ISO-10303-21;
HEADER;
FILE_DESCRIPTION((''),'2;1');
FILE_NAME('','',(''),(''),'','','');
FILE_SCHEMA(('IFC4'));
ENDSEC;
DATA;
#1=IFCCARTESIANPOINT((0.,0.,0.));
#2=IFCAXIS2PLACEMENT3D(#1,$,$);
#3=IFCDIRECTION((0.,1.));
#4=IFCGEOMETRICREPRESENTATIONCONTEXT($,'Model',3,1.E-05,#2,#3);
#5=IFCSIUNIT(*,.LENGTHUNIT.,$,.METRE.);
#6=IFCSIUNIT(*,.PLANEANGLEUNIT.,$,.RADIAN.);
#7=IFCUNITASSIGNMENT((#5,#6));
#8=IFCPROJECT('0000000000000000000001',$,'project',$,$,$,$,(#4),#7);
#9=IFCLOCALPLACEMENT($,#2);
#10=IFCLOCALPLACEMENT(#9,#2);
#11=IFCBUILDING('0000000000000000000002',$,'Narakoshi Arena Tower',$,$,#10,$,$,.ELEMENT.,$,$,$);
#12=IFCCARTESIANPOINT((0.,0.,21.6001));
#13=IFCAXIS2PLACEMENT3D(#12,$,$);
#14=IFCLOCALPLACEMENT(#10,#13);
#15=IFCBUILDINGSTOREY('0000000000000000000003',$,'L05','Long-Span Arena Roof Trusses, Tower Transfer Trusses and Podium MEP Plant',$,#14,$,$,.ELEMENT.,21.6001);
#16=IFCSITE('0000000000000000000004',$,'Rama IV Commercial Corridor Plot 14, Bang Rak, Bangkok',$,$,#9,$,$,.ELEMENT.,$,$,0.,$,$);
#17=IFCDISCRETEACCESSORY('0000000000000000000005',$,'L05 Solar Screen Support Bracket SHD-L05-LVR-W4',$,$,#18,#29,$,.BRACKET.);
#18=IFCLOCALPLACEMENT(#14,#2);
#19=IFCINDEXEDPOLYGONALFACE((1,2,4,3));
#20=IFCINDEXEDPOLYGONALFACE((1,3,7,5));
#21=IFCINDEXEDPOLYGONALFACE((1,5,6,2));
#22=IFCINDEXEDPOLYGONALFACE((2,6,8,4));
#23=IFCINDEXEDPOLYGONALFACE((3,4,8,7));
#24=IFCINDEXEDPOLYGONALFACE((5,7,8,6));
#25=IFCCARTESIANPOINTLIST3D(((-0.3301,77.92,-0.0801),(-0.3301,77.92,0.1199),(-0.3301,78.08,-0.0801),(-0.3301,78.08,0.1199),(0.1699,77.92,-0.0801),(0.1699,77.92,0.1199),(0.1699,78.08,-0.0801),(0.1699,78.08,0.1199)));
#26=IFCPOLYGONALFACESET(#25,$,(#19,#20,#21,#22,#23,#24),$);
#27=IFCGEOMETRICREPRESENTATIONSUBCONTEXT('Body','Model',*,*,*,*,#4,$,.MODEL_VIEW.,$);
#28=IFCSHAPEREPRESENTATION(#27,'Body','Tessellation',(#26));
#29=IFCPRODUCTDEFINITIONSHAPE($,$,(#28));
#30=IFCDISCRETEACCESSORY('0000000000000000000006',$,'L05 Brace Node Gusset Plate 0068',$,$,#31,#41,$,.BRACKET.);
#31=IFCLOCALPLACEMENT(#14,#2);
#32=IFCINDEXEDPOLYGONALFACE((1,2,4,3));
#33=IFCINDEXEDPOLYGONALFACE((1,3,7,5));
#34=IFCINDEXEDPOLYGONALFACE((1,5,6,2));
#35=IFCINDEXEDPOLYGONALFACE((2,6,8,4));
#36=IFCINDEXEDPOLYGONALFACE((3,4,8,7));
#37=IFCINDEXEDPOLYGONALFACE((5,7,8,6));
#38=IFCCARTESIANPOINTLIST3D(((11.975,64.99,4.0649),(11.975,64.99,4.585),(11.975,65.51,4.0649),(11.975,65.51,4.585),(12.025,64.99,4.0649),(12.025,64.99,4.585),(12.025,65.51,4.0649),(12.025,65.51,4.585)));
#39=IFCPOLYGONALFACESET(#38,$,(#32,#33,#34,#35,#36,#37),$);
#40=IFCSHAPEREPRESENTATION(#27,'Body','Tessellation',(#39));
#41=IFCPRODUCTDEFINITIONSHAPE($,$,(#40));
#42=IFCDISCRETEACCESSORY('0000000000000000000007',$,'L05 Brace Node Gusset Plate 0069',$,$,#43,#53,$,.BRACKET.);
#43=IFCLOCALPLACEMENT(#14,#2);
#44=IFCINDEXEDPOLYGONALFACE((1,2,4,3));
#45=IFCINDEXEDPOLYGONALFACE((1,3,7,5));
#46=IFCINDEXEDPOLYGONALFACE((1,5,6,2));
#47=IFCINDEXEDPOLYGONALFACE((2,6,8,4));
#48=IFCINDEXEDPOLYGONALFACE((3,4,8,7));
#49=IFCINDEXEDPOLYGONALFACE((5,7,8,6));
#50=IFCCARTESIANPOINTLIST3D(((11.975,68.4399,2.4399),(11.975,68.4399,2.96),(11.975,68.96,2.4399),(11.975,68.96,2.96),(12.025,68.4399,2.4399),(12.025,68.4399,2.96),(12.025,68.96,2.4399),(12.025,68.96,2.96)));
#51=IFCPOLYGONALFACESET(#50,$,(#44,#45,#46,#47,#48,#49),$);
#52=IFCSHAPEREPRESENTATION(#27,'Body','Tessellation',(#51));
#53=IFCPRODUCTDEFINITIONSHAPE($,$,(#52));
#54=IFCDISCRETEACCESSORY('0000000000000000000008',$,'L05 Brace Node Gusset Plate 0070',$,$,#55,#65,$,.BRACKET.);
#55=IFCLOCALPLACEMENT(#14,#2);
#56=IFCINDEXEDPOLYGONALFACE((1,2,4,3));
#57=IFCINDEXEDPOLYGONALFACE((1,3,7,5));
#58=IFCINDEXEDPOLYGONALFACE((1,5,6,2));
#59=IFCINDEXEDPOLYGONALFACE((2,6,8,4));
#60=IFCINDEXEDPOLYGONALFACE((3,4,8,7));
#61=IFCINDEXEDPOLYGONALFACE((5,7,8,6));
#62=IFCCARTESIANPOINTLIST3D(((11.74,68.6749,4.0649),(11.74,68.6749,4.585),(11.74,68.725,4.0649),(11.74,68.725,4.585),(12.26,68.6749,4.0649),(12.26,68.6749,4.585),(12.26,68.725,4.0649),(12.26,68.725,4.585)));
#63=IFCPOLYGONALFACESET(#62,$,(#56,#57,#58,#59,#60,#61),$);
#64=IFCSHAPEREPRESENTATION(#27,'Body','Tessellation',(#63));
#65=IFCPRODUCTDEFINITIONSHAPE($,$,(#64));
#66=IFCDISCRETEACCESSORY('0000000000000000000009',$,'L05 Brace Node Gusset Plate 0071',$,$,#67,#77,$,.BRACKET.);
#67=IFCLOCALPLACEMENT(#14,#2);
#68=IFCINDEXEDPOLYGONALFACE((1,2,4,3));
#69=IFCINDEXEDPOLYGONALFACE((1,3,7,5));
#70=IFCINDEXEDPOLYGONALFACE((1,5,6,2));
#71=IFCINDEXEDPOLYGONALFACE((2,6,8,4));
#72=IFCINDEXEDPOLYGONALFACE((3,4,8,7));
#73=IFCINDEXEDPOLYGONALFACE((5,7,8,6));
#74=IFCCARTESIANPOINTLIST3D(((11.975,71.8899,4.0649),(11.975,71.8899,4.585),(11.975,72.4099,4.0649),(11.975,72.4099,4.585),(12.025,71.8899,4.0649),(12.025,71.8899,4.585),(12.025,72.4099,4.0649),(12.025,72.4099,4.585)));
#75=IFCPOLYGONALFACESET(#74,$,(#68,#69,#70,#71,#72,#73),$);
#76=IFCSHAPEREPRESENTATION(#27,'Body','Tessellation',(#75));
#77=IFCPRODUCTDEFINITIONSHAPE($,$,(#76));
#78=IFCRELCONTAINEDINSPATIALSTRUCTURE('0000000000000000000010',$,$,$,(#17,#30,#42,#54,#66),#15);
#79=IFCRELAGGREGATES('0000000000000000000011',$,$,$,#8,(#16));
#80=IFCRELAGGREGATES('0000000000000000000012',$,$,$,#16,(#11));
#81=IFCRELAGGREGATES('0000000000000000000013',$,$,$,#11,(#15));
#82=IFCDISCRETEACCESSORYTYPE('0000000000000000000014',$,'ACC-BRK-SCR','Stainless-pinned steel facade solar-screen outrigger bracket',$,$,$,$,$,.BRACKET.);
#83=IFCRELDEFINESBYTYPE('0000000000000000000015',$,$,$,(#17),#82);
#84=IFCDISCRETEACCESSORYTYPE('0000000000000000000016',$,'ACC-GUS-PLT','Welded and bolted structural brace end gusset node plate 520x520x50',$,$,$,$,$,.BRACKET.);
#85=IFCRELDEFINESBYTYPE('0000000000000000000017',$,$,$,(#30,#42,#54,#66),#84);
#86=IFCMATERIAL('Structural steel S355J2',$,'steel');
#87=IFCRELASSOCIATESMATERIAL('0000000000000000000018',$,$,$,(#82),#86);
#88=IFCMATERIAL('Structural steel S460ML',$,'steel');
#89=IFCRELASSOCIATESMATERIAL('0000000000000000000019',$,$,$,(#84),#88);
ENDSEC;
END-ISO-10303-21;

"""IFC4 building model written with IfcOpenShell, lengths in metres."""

from ifc_helpers import new_model, si_unit, direction, frame, origin, origin_2d, place, context, subcontext, project, spatial, rectangle, extrude, material, type_object, element, save


model = new_model("IFC4")

# Units and contexts
model_context = context("Model", 3, precision=1e-05, world=origin(), true_north=direction((0.0, 1.0)))
body_context = subcontext(model_context, "Body", "Model", "MODEL_VIEW")
ifc_project = project(units=[si_unit("LENGTHUNIT", "METRE"), si_unit("PLANEANGLEUNIT", "RADIAN")], contexts=[model_context])

# Site, building, storey
site_placement = place(None, origin())
site = spatial("IfcSite", under=ifc_project, at=site_placement, Name="Rama IV Commercial Corridor Plot 14, Bang Rak, Bangkok", CompositionType="ELEMENT", RefElevation=0.0)
building_placement = place(site_placement, origin())
building = spatial("IfcBuilding", under=site, at=building_placement, Name="Narakoshi Arena Tower", CompositionType="ELEMENT")
storey_placement = place(building_placement, frame((0.0, 0.0, 21.6001)))
storey = spatial("IfcBuildingStorey", under=building, at=storey_placement, Name="L05", Description="Long-Span Arena Roof Trusses, Tower Transfer Trusses and Podium MEP Plant", CompositionType="ELEMENT", Elevation=21.6001)

# Shared definitions
ifc_material_1 = material(Name="Structural steel S355J2", Category="steel")

# Shared definitions
ifc_material_2 = material(Name="Structural steel S460ML", Category="steel")

# Discrete accessories
discrete_accessory_type_1 = type_object("IfcDiscreteAccessoryType", Name="ACC-BRK-SCR", Description="Stainless-pinned steel facade solar-screen outrigger bracket", PredefinedType="BRACKET", material=ifc_material_1)
discrete_accessory_placement = place(storey_placement, frame((-0.0801, 78.0, -0.0801), z_axis=(0.0, 0.0, 1.0), x_axis=(0.0, 1.0, 0.0)))
element("IfcDiscreteAccessory", 1, at=discrete_accessory_placement, inside=storey, type_object=discrete_accessory_type_1, Name="L05 Solar Screen Support Bracket SHD-L05-LVR-W4", PredefinedType="BRACKET", context=body_context, shape_type="SweptSolid", body=[
    extrude(rectangle(XDim=0.1599, YDim=0.5, at=origin_2d()), origin(), (0.0, 0.0, 1.0), 0.2),
])
discrete_accessory_type_2 = type_object("IfcDiscreteAccessoryType", Name="ACC-GUS-PLT", Description="Welded and bolted structural brace end gusset node plate 520x520x50", PredefinedType="BRACKET", material=ifc_material_2)
for number, where, z_axis, x_axis, name in (
    (2, (12.0, 65.25, 4.0649), (0.0, 0.0, 1.0), (0.0, 1.0, 0.0), "L05 Brace Node Gusset Plate 0068"),
    (3, (12.0, 68.7, 2.4399), (0.0, 0.0, 1.0), (0.0, 1.0, 0.0), "L05 Brace Node Gusset Plate 0069"),
    (4, (12.0, 68.7, 4.0649), (0.0, 0.0, 1.0), (1.0, 0.0, 0.0), "L05 Brace Node Gusset Plate 0070"),
    (5, (12.0, 72.1499, 4.0649), (0.0, 0.0, 1.0), (0.0, 1.0, 0.0), "L05 Brace Node Gusset Plate 0071"),
):
    element("IfcDiscreteAccessory", number, at=place(storey_placement, frame(where, z_axis=z_axis, x_axis=x_axis)), inside=storey, type_object=discrete_accessory_type_2, Name=name, PredefinedType="BRACKET", context=body_context, shape_type="SweptSolid", body=[
        extrude(rectangle(XDim=0.52, YDim=0.05, at=origin_2d()), origin(), (0.0, 0.0, 1.0), 0.52),
    ])

save(model, "model.ifc")
